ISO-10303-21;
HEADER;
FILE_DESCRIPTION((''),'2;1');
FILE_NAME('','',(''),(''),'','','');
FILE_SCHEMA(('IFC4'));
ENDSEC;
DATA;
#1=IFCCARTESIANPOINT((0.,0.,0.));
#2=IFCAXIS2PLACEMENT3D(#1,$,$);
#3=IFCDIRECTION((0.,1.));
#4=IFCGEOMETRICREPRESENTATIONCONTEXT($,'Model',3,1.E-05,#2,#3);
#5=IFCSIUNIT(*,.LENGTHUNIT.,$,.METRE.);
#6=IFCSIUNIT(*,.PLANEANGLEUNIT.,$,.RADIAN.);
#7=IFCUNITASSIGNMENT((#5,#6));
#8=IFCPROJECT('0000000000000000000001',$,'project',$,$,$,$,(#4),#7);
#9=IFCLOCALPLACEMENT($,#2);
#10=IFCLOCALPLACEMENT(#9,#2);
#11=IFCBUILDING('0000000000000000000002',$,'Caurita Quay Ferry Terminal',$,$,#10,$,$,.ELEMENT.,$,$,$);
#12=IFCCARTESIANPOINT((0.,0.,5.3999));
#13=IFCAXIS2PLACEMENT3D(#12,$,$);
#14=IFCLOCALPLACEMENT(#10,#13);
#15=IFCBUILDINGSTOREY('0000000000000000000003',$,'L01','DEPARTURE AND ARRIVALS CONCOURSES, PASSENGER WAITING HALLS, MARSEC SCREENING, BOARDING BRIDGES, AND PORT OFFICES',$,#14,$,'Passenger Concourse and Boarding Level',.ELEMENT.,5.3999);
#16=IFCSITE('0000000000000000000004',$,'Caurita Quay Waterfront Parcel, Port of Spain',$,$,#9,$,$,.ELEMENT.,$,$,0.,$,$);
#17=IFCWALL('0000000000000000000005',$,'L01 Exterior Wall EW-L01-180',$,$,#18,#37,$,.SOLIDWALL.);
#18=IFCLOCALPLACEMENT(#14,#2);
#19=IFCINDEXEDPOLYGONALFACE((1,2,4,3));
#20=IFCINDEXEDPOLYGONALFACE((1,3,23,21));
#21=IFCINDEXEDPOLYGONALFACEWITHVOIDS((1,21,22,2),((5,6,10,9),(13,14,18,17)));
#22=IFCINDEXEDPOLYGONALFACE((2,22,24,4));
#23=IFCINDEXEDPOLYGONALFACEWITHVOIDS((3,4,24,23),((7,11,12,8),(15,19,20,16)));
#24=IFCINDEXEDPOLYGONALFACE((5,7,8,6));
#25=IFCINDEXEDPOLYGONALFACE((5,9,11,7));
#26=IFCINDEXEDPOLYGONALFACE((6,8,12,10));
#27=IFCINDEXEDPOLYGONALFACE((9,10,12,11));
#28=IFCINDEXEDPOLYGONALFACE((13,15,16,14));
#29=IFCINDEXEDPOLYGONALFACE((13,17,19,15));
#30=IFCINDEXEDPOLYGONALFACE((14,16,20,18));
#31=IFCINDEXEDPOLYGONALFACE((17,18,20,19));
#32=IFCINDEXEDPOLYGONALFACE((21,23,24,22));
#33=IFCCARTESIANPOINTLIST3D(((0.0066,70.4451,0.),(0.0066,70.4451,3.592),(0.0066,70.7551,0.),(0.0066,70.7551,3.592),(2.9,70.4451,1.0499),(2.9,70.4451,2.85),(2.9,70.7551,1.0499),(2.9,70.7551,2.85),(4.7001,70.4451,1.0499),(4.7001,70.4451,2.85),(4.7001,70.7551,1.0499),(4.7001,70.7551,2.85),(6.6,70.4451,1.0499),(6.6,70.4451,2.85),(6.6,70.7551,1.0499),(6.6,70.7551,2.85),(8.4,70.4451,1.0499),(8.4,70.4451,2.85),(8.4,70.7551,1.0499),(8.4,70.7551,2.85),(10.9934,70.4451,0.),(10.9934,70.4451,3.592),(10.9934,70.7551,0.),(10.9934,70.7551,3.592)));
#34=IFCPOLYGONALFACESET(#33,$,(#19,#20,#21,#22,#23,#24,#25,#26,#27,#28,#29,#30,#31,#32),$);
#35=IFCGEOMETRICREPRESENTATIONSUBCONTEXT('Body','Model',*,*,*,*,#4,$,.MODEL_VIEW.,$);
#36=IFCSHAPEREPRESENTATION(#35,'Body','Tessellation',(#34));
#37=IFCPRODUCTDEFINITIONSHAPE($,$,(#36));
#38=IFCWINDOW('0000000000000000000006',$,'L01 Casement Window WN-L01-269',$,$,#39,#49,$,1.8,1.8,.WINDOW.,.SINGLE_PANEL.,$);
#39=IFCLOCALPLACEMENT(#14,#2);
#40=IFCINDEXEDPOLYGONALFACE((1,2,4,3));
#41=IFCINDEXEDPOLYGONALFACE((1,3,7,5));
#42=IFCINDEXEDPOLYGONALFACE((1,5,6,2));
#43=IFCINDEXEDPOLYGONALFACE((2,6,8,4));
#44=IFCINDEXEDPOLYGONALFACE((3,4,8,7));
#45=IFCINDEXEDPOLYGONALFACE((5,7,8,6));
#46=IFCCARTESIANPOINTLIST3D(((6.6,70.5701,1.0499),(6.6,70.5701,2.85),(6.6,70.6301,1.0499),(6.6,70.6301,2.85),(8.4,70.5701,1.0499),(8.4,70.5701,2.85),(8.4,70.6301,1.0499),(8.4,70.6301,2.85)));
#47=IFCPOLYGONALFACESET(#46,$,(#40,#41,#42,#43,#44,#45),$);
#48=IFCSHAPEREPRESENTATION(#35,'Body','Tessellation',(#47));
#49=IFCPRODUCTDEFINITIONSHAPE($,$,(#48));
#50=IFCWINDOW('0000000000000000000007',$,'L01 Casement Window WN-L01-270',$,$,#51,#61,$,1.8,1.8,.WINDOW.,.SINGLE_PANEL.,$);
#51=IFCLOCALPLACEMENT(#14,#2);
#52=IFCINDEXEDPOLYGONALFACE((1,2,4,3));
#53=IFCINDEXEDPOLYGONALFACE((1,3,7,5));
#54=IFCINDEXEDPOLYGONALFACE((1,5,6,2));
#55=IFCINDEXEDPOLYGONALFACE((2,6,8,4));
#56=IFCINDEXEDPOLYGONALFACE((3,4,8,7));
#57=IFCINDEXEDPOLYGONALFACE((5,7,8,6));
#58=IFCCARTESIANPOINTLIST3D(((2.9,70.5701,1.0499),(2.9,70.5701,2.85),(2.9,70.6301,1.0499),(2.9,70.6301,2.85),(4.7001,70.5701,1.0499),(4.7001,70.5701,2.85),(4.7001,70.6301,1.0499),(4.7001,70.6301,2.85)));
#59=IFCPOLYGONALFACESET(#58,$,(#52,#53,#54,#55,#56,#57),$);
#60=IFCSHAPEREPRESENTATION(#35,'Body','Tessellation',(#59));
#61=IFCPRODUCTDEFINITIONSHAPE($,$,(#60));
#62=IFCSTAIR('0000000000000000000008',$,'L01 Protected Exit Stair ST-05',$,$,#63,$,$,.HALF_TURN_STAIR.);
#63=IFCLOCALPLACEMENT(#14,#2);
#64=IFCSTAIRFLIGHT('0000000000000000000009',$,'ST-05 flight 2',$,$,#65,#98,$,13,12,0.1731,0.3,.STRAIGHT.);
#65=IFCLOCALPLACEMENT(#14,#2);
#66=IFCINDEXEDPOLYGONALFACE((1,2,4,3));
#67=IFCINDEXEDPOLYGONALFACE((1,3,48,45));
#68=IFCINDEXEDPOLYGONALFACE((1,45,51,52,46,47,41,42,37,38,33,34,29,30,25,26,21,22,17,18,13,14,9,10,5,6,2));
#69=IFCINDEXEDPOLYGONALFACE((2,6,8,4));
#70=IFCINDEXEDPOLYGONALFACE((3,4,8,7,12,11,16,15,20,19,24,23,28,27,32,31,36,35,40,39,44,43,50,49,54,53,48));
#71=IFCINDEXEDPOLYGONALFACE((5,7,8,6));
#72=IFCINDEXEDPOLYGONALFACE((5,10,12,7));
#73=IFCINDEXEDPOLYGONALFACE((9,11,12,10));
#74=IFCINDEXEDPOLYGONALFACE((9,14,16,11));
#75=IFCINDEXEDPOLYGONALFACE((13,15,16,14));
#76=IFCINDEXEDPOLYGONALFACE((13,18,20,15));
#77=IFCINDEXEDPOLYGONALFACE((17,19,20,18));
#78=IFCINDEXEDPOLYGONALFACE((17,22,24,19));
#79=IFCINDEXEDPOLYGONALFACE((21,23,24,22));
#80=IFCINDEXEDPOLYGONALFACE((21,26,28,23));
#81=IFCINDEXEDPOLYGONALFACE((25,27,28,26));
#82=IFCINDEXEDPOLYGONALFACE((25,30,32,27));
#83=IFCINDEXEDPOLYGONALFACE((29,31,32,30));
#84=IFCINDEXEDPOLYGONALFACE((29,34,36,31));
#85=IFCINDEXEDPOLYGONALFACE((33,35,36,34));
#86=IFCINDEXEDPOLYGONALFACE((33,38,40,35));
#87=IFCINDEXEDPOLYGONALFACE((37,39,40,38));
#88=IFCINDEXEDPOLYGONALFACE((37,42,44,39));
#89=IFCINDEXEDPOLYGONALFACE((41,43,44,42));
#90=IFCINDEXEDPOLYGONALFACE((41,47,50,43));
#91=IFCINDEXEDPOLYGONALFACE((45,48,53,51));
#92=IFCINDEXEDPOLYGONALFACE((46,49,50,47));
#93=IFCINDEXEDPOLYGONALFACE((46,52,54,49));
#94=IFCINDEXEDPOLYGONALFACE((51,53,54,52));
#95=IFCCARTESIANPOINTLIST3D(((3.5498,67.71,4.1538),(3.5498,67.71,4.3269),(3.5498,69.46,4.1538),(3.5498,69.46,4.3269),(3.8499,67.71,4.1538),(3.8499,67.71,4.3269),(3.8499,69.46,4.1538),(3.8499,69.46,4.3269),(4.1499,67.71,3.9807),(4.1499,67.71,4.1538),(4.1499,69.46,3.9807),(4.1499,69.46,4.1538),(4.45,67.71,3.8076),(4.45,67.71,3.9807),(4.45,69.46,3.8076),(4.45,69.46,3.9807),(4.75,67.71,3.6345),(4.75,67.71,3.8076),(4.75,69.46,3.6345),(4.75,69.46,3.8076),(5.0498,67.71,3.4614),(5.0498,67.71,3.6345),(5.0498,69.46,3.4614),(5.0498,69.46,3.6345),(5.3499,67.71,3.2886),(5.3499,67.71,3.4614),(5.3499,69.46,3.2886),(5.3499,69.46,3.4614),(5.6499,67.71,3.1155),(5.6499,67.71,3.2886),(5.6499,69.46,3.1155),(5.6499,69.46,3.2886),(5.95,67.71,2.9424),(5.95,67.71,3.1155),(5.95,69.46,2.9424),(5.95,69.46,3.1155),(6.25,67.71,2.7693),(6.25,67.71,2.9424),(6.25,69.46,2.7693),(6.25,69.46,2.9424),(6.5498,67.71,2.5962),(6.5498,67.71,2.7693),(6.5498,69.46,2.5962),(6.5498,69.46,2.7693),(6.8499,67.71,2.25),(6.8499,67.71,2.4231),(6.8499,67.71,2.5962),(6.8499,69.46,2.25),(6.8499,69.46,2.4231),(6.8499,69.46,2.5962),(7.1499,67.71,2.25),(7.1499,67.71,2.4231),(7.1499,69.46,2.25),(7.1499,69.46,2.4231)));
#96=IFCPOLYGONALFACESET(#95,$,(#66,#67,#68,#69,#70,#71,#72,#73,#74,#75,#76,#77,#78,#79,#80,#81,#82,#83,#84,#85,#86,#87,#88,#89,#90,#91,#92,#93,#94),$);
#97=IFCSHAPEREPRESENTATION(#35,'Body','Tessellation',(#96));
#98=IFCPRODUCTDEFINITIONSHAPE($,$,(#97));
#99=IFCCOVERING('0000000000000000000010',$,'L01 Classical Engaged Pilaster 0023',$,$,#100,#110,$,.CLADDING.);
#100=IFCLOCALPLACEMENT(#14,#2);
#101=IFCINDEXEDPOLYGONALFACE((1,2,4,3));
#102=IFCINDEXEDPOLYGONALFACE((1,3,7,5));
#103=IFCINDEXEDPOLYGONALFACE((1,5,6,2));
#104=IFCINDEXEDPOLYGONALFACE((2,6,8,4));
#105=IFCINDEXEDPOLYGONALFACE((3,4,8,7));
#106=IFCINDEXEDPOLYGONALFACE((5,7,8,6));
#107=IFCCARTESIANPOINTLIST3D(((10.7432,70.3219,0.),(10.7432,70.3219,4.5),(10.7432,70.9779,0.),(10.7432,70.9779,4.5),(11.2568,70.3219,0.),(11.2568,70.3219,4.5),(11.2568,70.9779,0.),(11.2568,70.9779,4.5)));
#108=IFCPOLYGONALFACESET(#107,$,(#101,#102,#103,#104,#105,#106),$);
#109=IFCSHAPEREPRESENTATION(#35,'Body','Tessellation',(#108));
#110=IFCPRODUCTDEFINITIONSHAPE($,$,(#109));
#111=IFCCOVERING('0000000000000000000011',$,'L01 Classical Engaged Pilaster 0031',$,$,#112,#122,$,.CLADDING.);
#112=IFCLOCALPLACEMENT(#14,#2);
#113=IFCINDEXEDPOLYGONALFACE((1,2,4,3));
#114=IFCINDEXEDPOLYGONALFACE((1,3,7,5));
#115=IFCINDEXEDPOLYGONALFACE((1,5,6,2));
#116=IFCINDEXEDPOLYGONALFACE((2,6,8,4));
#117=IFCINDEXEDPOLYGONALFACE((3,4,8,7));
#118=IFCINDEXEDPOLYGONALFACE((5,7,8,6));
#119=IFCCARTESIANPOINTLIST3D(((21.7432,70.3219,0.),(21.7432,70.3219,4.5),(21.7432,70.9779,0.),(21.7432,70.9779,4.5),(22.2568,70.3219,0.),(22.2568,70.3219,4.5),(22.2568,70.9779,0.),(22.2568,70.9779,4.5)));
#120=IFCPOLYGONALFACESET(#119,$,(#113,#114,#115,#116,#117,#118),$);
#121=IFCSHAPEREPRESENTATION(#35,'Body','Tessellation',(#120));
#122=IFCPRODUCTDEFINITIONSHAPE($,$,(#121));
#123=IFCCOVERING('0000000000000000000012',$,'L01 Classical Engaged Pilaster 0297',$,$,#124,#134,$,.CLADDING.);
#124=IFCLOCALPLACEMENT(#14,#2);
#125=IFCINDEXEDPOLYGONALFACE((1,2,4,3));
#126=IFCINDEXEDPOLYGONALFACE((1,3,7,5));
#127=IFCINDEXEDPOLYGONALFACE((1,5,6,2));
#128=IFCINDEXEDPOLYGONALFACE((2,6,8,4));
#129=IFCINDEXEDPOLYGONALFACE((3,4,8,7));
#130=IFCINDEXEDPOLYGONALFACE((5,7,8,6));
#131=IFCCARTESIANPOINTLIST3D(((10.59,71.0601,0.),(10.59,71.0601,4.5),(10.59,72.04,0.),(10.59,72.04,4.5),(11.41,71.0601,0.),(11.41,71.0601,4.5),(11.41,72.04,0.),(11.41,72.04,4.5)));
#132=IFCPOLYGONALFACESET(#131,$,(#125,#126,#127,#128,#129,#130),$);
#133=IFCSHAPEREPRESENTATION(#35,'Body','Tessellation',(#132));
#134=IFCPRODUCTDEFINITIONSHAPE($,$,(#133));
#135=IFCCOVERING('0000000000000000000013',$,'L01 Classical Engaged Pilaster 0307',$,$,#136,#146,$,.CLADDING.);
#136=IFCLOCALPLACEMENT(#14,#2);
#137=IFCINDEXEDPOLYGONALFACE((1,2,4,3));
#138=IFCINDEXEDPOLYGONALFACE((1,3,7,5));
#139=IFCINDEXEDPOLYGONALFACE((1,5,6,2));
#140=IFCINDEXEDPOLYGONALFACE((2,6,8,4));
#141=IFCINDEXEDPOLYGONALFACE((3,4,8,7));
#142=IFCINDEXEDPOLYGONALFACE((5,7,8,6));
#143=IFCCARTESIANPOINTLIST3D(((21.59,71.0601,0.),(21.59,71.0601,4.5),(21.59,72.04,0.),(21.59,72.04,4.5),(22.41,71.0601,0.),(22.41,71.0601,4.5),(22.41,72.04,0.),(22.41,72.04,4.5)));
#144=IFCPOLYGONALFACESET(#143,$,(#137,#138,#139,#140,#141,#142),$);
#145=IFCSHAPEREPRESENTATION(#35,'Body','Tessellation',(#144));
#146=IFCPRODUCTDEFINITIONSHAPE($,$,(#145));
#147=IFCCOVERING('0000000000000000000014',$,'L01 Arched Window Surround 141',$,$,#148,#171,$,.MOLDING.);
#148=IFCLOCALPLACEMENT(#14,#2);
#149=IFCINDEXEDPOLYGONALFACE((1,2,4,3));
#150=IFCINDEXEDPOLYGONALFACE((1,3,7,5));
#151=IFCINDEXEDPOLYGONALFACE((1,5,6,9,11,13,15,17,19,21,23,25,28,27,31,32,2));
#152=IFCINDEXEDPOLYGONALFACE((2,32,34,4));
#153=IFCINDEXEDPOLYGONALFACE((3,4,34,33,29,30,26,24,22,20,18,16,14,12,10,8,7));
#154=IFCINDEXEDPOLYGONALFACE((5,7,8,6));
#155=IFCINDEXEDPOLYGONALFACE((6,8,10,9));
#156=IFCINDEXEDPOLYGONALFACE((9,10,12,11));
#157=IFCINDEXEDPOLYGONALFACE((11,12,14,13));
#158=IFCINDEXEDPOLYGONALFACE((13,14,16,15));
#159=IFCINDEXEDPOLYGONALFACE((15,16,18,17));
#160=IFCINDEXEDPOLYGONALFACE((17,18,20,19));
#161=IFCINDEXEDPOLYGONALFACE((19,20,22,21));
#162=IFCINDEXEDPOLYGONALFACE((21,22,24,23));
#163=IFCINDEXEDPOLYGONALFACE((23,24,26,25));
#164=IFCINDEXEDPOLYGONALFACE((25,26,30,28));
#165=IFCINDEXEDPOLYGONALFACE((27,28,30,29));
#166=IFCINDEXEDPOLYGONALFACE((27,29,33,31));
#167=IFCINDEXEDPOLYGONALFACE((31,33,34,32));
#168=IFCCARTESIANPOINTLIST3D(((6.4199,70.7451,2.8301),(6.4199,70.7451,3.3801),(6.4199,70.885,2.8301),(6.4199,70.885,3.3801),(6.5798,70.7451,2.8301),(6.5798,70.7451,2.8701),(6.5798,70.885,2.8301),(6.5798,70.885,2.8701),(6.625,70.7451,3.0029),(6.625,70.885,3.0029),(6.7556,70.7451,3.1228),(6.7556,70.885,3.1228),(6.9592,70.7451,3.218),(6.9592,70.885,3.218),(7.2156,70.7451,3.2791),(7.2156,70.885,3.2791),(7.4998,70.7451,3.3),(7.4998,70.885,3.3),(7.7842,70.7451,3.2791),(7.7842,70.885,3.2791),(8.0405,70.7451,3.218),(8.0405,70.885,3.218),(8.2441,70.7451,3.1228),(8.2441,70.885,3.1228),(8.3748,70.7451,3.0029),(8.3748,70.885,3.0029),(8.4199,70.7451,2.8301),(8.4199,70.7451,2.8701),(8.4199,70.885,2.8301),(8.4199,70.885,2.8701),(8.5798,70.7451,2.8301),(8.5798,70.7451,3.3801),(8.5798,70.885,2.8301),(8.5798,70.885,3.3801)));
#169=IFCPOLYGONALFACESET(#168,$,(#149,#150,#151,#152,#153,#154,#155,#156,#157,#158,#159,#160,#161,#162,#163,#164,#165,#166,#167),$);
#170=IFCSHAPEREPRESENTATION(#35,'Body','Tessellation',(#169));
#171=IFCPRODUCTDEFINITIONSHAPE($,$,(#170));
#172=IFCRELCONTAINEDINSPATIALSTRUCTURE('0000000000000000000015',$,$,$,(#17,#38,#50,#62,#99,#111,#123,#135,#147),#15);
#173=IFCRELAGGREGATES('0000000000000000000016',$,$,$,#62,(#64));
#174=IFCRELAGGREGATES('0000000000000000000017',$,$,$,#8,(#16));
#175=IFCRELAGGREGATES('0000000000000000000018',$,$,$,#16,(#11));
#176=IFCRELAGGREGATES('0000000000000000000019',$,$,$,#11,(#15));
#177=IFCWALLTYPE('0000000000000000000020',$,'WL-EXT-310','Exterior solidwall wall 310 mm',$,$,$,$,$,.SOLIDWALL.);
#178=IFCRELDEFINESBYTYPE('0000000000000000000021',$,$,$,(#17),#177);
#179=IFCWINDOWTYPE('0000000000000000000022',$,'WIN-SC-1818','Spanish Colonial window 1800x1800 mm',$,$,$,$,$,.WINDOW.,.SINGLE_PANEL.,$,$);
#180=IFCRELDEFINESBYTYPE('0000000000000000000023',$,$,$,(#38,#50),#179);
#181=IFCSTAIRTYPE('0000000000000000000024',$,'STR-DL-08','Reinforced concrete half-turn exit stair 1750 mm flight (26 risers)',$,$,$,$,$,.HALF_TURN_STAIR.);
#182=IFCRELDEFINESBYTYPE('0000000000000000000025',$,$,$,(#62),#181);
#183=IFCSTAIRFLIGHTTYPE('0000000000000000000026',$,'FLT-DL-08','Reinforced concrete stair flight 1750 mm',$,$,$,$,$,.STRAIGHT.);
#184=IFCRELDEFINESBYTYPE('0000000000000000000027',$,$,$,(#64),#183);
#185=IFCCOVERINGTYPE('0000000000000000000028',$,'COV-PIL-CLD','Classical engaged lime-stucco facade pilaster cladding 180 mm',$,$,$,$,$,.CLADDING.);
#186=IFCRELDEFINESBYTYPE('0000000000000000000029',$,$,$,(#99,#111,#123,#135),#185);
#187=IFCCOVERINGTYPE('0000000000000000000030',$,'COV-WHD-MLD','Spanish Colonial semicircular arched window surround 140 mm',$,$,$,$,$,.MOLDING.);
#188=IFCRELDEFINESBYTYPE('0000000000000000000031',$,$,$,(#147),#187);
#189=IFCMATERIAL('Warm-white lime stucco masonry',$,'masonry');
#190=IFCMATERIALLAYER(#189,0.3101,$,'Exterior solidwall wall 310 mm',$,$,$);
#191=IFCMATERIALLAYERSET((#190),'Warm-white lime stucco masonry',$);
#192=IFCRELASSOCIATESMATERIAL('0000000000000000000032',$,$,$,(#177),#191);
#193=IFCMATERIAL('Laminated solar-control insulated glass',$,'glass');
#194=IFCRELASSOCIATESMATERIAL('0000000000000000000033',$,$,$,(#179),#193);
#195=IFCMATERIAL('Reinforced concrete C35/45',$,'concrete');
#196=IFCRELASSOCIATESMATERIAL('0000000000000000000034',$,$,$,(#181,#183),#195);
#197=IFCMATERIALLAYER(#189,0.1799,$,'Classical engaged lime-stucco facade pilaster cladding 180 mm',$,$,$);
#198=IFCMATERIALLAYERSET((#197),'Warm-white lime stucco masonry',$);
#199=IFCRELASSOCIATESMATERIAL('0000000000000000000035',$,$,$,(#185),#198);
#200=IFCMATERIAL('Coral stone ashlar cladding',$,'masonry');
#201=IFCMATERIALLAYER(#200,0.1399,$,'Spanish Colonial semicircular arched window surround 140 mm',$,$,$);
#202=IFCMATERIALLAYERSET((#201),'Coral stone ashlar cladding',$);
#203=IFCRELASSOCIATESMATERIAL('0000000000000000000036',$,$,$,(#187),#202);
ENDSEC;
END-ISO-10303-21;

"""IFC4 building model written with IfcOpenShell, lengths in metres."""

from ifc_helpers import new_model, si_unit, direction, frame, frame_2d, origin, origin_2d, place, context, subcontext, project, spatial, polyline, rectangle, outline, extrude, material, layer, layer_set, type_object, element, fill, aggregate, save


model = new_model("IFC4")

# Units and contexts
model_context = context("Model", 3, precision=1e-05, world=origin(), true_north=direction((0.0, 1.0)))
body_context = subcontext(model_context, "Body", "Model", "MODEL_VIEW")
ifc_project = project(units=[si_unit("LENGTHUNIT", "METRE"), si_unit("PLANEANGLEUNIT", "RADIAN")], contexts=[model_context])

# Site, building, storey
site_placement = place(None, origin())
site = spatial("IfcSite", under=ifc_project, at=site_placement, Name="Caurita Quay Waterfront Parcel, Port of Spain", CompositionType="ELEMENT", RefElevation=0.0)
building_placement = place(site_placement, origin())
building = spatial("IfcBuilding", under=site, at=building_placement, Name="Caurita Quay Ferry Terminal", CompositionType="ELEMENT")
storey_placement = place(building_placement, frame((0.0, 0.0, 5.3999)))
storey = spatial("IfcBuildingStorey", under=building, at=storey_placement, Name="L01", Description="DEPARTURE AND ARRIVALS CONCOURSES, PASSENGER WAITING HALLS, MARSEC SCREENING, BOARDING BRIDGES, AND PORT OFFICES", LongName="Passenger Concourse and Boarding Level", CompositionType="ELEMENT", Elevation=5.3999)

# Shared definitions
ifc_material_1 = material(Name="Reinforced concrete C35/45", Category="concrete")

# Shared definitions
ifc_material_2 = material(Name="Warm-white lime stucco masonry", Category="masonry")
ifc_layer_1 = layer(ifc_material_2, 0.3101, Name="Exterior solidwall wall 310 mm")
ifc_layer_set_1 = layer_set([ifc_layer_1], Name="Warm-white lime stucco masonry")
wall_type_1 = type_object("IfcWallType", Name="WL-EXT-310", Description="Exterior solidwall wall 310 mm", PredefinedType="SOLIDWALL", material=ifc_layer_set_1)

# Wall, openings, windows
wall_1_placement = place(storey_placement, frame((10.9934, 70.6001, 0.0), z_axis=(0.0, 0.0, 1.0), x_axis=(-1.0, 0.0, 0.0)))
wall_1 = element("IfcWall", 1, at=wall_1_placement, inside=storey, type_object=wall_type_1, Name="L01 Exterior Wall EW-L01-180", PredefinedType="SOLIDWALL", context=body_context, shape_type="SweptSolid", body=[
    extrude(rectangle(XDim=10.9868, YDim=0.3101, at=frame_2d((5.4934, 0.0))), origin(), (0.0, 0.0, 1.0), 3.592),
])
opening_1_placement = place(wall_1_placement, frame((2.5935, 0.0, 1.05)))
opening_1 = element("IfcOpeningElement", 2, at=opening_1_placement, cuts=wall_1, PredefinedType="OPENING", context=body_context, shape_type="SweptSolid", body=[
    extrude(rectangle(XDim=1.8, YDim=1.8, at=frame_2d((0.8999, 0.8999))), frame((0.0, 0.165, 0.0), z_axis=(0.0, -1.0, 0.0), x_axis=(1.0, 0.0, 0.0)), (0.0, 0.0, 1.0), 0.3301),
])
opening_2_placement = place(wall_1_placement, frame((6.2935, 0.0, 1.05)))
opening_2 = element("IfcOpeningElement", 3, at=opening_2_placement, cuts=wall_1, PredefinedType="OPENING", context=body_context, shape_type="SweptSolid", body=[
    extrude(rectangle(XDim=1.8, YDim=1.8, at=frame_2d((0.8999, 0.8999))), frame((0.0, 0.165, 0.0), z_axis=(0.0, -1.0, 0.0), x_axis=(1.0, 0.0, 0.0)), (0.0, 0.0, 1.0), 0.3301),
])
ifc_material_3 = material(Name="Laminated solar-control insulated glass", Category="glass")
window_type = type_object("IfcWindowType", Name="WIN-SC-1818", Description="Spanish Colonial window 1800x1800 mm", PartitioningType="SINGLE_PANEL", PredefinedType="WINDOW", material=ifc_material_3)
window_1_placement = place(opening_1_placement, origin())
window_1 = element("IfcWindow", 4, at=window_1_placement, inside=storey, type_object=window_type, Name="L01 Casement Window WN-L01-269", OverallHeight=1.8, OverallWidth=1.8, PartitioningType="SINGLE_PANEL", PredefinedType="WINDOW", context=body_context, shape_type="SweptSolid", body=[
    extrude(rectangle(XDim=1.8, YDim=1.8, at=frame_2d((0.8999, 0.8999))), frame((0.0, 0.03, 0.0), z_axis=(0.0, -1.0, 0.0), x_axis=(1.0, 0.0, 0.0)), (0.0, 0.0, 1.0), 0.0601),
])
fill(opening_1, window_1)
window_2_placement = place(opening_2_placement, origin())
window_2 = element("IfcWindow", 5, at=window_2_placement, inside=storey, type_object=window_type, Name="L01 Casement Window WN-L01-270", OverallHeight=1.8, OverallWidth=1.8, PartitioningType="SINGLE_PANEL", PredefinedType="WINDOW", context=body_context, shape_type="SweptSolid", body=[
    extrude(rectangle(XDim=1.8, YDim=1.8, at=frame_2d((0.8999, 0.8999))), frame((0.0, 0.03, 0.0), z_axis=(0.0, -1.0, 0.0), x_axis=(1.0, 0.0, 0.0)), (0.0, 0.0, 1.0), 0.0601),
])
fill(opening_2, window_2)

# Stair, stair flight
stair_type = type_object("IfcStairType", Name="STR-DL-08", Description="Reinforced concrete half-turn exit stair 1750 mm flight (26 risers)", PredefinedType="HALF_TURN_STAIR", material=ifc_material_1)
stair_placement = place(storey_placement, origin())
stair = element("IfcStair", 6, at=stair_placement, inside=storey, type_object=stair_type, Name="L01 Protected Exit Stair ST-05", PredefinedType="HALF_TURN_STAIR")
stair_flight_type = type_object("IfcStairFlightType", Name="FLT-DL-08", Description="Reinforced concrete stair flight 1750 mm", PredefinedType="STRAIGHT", material=ifc_material_1)
stair_flight_placement = place(storey_placement, frame((7.1499, 68.585, 2.25), z_axis=(0.0, 0.0, 1.0), x_axis=(-1.0, 0.0, 0.0)))
stair_flight = element("IfcStairFlight", 7, at=stair_flight_placement, type_object=stair_flight_type, Name="ST-05 flight 2", NumberOfRisers=13, NumberOfTreads=12, PredefinedType="STRAIGHT", RiserHeight=0.1731, TreadLength=0.3, context=body_context, shape_type="SweptSolid", body=[
    extrude(outline(polyline([(0.0, 0.0), (0.0, 0.1731), (0.3, 0.1731), (0.3, 0.3462), (0.6001, 0.3462), (0.6001, 0.5193), (0.8999, 0.5193), (0.8999, 0.6924), (1.2, 0.6924), (1.2, 0.8655), (1.5, 0.8655), (1.5, 1.0386), (1.8, 1.0386), (1.8, 1.2114), (2.1001, 1.2114), (2.1001, 1.3845), (2.3999, 1.3845), (2.3999, 1.5576), (2.7, 1.5576), (2.7, 1.7307), (3.0, 1.7307), (3.0, 1.9038), (3.3, 1.9038), (3.3, 2.0769), (3.6001, 2.0769), (3.6001, 2.25), (3.6001, 1.9038), (0.3, 0.0), (0.0, 0.0)])), frame((0.0, 0.875, 0.0), z_axis=(0.0, -1.0, 0.0), x_axis=(1.0, 0.0, 0.0)), (0.0, 0.0, 1.0), 1.75),
])
aggregate(stair, [stair_flight])

# Coverings
ifc_layer_2 = layer(ifc_material_2, 0.1799, Name="Classical engaged lime-stucco facade pilaster cladding 180 mm")
ifc_layer_set_2 = layer_set([ifc_layer_2], Name="Warm-white lime stucco masonry")
covering_type_1 = type_object("IfcCoveringType", Name="COV-PIL-CLD", Description="Classical engaged lime-stucco facade pilaster cladding 180 mm", PredefinedType="CLADDING", material=ifc_layer_set_2)
for number, where, z_axis, x_axis, name in (
    (8, (11.0, 70.6499, 0.0), (0.0, 0.0, 1.0), (1.0, 0.0, 0.0), "L01 Classical Engaged Pilaster 0023"),
    (9, (22.0, 70.6499, 0.0), (0.0, 0.0, 1.0), (1.0, 0.0, 0.0), "L01 Classical Engaged Pilaster 0031"),
):
    element("IfcCovering", number, at=place(storey_placement, frame(where, z_axis=z_axis, x_axis=x_axis)), inside=storey, type_object=covering_type_1, Name=name, PredefinedType="CLADDING", context=body_context, shape_type="SweptSolid", body=[
        extrude(rectangle(XDim=0.5137, YDim=0.656, at=origin_2d()), origin(), (0.0, 0.0, 1.0), 4.5),
    ])
for number, where, z_axis, x_axis, name in (
    (10, (11.0, 71.55, 0.0), (0.0, 0.0, 1.0), (1.0, 0.0, 0.0), "L01 Classical Engaged Pilaster 0297"),
    (11, (22.0, 71.55, 0.0), (0.0, 0.0, 1.0), (1.0, 0.0, 0.0), "L01 Classical Engaged Pilaster 0307"),
):
    element("IfcCovering", number, at=place(storey_placement, frame(where, z_axis=z_axis, x_axis=x_axis)), inside=storey, type_object=covering_type_1, Name=name, PredefinedType="CLADDING", context=body_context, shape_type="SweptSolid", body=[
        extrude(rectangle(XDim=0.8201, YDim=0.98, at=origin_2d()), origin(), (0.0, 0.0, 1.0), 4.5),
    ])
ifc_material_4 = material(Name="Coral stone ashlar cladding", Category="masonry")
ifc_layer_3 = layer(ifc_material_4, 0.1399, Name="Spanish Colonial semicircular arched window surround 140 mm")
ifc_layer_set_3 = layer_set([ifc_layer_3], Name="Coral stone ashlar cladding")
covering_type_2 = type_object("IfcCoveringType", Name="COV-WHD-MLD", Description="Spanish Colonial semicircular arched window surround 140 mm", PredefinedType="MOLDING", material=ifc_layer_set_3)
covering_placement = place(storey_placement, frame((8.5798, 70.8149, 2.8301), z_axis=(0.0, 0.0, 1.0), x_axis=(-1.0, 0.0, 0.0)))
element("IfcCovering", 12, at=covering_placement, inside=storey, type_object=covering_type_2, Name="L01 Arched Window Surround 141", PredefinedType="MOLDING", context=body_context, shape_type="SweptSolid", body=[
    extrude(outline(polyline([(0.0, 0.0), (0.1599, 0.0), (0.1599, 0.04), (0.2051, 0.1729), (0.3357, 0.2927), (0.5393, 0.3879), (0.7957, 0.449), (1.0801, 0.47), (1.3643, 0.449), (1.6206, 0.3879), (1.8242, 0.2927), (1.9548, 0.1729), (2.0, 0.04), (2.0, 0.0), (2.1599, 0.0), (2.1599, 0.55), (0.0, 0.55), (0.0, 0.0)])), frame((0.0, 0.0698, 0.0), z_axis=(0.0, -1.0, 0.0), x_axis=(1.0, 0.0, 0.0)), (0.0, 0.0, 1.0), 0.1399),
])

save(model, "model.ifc")
